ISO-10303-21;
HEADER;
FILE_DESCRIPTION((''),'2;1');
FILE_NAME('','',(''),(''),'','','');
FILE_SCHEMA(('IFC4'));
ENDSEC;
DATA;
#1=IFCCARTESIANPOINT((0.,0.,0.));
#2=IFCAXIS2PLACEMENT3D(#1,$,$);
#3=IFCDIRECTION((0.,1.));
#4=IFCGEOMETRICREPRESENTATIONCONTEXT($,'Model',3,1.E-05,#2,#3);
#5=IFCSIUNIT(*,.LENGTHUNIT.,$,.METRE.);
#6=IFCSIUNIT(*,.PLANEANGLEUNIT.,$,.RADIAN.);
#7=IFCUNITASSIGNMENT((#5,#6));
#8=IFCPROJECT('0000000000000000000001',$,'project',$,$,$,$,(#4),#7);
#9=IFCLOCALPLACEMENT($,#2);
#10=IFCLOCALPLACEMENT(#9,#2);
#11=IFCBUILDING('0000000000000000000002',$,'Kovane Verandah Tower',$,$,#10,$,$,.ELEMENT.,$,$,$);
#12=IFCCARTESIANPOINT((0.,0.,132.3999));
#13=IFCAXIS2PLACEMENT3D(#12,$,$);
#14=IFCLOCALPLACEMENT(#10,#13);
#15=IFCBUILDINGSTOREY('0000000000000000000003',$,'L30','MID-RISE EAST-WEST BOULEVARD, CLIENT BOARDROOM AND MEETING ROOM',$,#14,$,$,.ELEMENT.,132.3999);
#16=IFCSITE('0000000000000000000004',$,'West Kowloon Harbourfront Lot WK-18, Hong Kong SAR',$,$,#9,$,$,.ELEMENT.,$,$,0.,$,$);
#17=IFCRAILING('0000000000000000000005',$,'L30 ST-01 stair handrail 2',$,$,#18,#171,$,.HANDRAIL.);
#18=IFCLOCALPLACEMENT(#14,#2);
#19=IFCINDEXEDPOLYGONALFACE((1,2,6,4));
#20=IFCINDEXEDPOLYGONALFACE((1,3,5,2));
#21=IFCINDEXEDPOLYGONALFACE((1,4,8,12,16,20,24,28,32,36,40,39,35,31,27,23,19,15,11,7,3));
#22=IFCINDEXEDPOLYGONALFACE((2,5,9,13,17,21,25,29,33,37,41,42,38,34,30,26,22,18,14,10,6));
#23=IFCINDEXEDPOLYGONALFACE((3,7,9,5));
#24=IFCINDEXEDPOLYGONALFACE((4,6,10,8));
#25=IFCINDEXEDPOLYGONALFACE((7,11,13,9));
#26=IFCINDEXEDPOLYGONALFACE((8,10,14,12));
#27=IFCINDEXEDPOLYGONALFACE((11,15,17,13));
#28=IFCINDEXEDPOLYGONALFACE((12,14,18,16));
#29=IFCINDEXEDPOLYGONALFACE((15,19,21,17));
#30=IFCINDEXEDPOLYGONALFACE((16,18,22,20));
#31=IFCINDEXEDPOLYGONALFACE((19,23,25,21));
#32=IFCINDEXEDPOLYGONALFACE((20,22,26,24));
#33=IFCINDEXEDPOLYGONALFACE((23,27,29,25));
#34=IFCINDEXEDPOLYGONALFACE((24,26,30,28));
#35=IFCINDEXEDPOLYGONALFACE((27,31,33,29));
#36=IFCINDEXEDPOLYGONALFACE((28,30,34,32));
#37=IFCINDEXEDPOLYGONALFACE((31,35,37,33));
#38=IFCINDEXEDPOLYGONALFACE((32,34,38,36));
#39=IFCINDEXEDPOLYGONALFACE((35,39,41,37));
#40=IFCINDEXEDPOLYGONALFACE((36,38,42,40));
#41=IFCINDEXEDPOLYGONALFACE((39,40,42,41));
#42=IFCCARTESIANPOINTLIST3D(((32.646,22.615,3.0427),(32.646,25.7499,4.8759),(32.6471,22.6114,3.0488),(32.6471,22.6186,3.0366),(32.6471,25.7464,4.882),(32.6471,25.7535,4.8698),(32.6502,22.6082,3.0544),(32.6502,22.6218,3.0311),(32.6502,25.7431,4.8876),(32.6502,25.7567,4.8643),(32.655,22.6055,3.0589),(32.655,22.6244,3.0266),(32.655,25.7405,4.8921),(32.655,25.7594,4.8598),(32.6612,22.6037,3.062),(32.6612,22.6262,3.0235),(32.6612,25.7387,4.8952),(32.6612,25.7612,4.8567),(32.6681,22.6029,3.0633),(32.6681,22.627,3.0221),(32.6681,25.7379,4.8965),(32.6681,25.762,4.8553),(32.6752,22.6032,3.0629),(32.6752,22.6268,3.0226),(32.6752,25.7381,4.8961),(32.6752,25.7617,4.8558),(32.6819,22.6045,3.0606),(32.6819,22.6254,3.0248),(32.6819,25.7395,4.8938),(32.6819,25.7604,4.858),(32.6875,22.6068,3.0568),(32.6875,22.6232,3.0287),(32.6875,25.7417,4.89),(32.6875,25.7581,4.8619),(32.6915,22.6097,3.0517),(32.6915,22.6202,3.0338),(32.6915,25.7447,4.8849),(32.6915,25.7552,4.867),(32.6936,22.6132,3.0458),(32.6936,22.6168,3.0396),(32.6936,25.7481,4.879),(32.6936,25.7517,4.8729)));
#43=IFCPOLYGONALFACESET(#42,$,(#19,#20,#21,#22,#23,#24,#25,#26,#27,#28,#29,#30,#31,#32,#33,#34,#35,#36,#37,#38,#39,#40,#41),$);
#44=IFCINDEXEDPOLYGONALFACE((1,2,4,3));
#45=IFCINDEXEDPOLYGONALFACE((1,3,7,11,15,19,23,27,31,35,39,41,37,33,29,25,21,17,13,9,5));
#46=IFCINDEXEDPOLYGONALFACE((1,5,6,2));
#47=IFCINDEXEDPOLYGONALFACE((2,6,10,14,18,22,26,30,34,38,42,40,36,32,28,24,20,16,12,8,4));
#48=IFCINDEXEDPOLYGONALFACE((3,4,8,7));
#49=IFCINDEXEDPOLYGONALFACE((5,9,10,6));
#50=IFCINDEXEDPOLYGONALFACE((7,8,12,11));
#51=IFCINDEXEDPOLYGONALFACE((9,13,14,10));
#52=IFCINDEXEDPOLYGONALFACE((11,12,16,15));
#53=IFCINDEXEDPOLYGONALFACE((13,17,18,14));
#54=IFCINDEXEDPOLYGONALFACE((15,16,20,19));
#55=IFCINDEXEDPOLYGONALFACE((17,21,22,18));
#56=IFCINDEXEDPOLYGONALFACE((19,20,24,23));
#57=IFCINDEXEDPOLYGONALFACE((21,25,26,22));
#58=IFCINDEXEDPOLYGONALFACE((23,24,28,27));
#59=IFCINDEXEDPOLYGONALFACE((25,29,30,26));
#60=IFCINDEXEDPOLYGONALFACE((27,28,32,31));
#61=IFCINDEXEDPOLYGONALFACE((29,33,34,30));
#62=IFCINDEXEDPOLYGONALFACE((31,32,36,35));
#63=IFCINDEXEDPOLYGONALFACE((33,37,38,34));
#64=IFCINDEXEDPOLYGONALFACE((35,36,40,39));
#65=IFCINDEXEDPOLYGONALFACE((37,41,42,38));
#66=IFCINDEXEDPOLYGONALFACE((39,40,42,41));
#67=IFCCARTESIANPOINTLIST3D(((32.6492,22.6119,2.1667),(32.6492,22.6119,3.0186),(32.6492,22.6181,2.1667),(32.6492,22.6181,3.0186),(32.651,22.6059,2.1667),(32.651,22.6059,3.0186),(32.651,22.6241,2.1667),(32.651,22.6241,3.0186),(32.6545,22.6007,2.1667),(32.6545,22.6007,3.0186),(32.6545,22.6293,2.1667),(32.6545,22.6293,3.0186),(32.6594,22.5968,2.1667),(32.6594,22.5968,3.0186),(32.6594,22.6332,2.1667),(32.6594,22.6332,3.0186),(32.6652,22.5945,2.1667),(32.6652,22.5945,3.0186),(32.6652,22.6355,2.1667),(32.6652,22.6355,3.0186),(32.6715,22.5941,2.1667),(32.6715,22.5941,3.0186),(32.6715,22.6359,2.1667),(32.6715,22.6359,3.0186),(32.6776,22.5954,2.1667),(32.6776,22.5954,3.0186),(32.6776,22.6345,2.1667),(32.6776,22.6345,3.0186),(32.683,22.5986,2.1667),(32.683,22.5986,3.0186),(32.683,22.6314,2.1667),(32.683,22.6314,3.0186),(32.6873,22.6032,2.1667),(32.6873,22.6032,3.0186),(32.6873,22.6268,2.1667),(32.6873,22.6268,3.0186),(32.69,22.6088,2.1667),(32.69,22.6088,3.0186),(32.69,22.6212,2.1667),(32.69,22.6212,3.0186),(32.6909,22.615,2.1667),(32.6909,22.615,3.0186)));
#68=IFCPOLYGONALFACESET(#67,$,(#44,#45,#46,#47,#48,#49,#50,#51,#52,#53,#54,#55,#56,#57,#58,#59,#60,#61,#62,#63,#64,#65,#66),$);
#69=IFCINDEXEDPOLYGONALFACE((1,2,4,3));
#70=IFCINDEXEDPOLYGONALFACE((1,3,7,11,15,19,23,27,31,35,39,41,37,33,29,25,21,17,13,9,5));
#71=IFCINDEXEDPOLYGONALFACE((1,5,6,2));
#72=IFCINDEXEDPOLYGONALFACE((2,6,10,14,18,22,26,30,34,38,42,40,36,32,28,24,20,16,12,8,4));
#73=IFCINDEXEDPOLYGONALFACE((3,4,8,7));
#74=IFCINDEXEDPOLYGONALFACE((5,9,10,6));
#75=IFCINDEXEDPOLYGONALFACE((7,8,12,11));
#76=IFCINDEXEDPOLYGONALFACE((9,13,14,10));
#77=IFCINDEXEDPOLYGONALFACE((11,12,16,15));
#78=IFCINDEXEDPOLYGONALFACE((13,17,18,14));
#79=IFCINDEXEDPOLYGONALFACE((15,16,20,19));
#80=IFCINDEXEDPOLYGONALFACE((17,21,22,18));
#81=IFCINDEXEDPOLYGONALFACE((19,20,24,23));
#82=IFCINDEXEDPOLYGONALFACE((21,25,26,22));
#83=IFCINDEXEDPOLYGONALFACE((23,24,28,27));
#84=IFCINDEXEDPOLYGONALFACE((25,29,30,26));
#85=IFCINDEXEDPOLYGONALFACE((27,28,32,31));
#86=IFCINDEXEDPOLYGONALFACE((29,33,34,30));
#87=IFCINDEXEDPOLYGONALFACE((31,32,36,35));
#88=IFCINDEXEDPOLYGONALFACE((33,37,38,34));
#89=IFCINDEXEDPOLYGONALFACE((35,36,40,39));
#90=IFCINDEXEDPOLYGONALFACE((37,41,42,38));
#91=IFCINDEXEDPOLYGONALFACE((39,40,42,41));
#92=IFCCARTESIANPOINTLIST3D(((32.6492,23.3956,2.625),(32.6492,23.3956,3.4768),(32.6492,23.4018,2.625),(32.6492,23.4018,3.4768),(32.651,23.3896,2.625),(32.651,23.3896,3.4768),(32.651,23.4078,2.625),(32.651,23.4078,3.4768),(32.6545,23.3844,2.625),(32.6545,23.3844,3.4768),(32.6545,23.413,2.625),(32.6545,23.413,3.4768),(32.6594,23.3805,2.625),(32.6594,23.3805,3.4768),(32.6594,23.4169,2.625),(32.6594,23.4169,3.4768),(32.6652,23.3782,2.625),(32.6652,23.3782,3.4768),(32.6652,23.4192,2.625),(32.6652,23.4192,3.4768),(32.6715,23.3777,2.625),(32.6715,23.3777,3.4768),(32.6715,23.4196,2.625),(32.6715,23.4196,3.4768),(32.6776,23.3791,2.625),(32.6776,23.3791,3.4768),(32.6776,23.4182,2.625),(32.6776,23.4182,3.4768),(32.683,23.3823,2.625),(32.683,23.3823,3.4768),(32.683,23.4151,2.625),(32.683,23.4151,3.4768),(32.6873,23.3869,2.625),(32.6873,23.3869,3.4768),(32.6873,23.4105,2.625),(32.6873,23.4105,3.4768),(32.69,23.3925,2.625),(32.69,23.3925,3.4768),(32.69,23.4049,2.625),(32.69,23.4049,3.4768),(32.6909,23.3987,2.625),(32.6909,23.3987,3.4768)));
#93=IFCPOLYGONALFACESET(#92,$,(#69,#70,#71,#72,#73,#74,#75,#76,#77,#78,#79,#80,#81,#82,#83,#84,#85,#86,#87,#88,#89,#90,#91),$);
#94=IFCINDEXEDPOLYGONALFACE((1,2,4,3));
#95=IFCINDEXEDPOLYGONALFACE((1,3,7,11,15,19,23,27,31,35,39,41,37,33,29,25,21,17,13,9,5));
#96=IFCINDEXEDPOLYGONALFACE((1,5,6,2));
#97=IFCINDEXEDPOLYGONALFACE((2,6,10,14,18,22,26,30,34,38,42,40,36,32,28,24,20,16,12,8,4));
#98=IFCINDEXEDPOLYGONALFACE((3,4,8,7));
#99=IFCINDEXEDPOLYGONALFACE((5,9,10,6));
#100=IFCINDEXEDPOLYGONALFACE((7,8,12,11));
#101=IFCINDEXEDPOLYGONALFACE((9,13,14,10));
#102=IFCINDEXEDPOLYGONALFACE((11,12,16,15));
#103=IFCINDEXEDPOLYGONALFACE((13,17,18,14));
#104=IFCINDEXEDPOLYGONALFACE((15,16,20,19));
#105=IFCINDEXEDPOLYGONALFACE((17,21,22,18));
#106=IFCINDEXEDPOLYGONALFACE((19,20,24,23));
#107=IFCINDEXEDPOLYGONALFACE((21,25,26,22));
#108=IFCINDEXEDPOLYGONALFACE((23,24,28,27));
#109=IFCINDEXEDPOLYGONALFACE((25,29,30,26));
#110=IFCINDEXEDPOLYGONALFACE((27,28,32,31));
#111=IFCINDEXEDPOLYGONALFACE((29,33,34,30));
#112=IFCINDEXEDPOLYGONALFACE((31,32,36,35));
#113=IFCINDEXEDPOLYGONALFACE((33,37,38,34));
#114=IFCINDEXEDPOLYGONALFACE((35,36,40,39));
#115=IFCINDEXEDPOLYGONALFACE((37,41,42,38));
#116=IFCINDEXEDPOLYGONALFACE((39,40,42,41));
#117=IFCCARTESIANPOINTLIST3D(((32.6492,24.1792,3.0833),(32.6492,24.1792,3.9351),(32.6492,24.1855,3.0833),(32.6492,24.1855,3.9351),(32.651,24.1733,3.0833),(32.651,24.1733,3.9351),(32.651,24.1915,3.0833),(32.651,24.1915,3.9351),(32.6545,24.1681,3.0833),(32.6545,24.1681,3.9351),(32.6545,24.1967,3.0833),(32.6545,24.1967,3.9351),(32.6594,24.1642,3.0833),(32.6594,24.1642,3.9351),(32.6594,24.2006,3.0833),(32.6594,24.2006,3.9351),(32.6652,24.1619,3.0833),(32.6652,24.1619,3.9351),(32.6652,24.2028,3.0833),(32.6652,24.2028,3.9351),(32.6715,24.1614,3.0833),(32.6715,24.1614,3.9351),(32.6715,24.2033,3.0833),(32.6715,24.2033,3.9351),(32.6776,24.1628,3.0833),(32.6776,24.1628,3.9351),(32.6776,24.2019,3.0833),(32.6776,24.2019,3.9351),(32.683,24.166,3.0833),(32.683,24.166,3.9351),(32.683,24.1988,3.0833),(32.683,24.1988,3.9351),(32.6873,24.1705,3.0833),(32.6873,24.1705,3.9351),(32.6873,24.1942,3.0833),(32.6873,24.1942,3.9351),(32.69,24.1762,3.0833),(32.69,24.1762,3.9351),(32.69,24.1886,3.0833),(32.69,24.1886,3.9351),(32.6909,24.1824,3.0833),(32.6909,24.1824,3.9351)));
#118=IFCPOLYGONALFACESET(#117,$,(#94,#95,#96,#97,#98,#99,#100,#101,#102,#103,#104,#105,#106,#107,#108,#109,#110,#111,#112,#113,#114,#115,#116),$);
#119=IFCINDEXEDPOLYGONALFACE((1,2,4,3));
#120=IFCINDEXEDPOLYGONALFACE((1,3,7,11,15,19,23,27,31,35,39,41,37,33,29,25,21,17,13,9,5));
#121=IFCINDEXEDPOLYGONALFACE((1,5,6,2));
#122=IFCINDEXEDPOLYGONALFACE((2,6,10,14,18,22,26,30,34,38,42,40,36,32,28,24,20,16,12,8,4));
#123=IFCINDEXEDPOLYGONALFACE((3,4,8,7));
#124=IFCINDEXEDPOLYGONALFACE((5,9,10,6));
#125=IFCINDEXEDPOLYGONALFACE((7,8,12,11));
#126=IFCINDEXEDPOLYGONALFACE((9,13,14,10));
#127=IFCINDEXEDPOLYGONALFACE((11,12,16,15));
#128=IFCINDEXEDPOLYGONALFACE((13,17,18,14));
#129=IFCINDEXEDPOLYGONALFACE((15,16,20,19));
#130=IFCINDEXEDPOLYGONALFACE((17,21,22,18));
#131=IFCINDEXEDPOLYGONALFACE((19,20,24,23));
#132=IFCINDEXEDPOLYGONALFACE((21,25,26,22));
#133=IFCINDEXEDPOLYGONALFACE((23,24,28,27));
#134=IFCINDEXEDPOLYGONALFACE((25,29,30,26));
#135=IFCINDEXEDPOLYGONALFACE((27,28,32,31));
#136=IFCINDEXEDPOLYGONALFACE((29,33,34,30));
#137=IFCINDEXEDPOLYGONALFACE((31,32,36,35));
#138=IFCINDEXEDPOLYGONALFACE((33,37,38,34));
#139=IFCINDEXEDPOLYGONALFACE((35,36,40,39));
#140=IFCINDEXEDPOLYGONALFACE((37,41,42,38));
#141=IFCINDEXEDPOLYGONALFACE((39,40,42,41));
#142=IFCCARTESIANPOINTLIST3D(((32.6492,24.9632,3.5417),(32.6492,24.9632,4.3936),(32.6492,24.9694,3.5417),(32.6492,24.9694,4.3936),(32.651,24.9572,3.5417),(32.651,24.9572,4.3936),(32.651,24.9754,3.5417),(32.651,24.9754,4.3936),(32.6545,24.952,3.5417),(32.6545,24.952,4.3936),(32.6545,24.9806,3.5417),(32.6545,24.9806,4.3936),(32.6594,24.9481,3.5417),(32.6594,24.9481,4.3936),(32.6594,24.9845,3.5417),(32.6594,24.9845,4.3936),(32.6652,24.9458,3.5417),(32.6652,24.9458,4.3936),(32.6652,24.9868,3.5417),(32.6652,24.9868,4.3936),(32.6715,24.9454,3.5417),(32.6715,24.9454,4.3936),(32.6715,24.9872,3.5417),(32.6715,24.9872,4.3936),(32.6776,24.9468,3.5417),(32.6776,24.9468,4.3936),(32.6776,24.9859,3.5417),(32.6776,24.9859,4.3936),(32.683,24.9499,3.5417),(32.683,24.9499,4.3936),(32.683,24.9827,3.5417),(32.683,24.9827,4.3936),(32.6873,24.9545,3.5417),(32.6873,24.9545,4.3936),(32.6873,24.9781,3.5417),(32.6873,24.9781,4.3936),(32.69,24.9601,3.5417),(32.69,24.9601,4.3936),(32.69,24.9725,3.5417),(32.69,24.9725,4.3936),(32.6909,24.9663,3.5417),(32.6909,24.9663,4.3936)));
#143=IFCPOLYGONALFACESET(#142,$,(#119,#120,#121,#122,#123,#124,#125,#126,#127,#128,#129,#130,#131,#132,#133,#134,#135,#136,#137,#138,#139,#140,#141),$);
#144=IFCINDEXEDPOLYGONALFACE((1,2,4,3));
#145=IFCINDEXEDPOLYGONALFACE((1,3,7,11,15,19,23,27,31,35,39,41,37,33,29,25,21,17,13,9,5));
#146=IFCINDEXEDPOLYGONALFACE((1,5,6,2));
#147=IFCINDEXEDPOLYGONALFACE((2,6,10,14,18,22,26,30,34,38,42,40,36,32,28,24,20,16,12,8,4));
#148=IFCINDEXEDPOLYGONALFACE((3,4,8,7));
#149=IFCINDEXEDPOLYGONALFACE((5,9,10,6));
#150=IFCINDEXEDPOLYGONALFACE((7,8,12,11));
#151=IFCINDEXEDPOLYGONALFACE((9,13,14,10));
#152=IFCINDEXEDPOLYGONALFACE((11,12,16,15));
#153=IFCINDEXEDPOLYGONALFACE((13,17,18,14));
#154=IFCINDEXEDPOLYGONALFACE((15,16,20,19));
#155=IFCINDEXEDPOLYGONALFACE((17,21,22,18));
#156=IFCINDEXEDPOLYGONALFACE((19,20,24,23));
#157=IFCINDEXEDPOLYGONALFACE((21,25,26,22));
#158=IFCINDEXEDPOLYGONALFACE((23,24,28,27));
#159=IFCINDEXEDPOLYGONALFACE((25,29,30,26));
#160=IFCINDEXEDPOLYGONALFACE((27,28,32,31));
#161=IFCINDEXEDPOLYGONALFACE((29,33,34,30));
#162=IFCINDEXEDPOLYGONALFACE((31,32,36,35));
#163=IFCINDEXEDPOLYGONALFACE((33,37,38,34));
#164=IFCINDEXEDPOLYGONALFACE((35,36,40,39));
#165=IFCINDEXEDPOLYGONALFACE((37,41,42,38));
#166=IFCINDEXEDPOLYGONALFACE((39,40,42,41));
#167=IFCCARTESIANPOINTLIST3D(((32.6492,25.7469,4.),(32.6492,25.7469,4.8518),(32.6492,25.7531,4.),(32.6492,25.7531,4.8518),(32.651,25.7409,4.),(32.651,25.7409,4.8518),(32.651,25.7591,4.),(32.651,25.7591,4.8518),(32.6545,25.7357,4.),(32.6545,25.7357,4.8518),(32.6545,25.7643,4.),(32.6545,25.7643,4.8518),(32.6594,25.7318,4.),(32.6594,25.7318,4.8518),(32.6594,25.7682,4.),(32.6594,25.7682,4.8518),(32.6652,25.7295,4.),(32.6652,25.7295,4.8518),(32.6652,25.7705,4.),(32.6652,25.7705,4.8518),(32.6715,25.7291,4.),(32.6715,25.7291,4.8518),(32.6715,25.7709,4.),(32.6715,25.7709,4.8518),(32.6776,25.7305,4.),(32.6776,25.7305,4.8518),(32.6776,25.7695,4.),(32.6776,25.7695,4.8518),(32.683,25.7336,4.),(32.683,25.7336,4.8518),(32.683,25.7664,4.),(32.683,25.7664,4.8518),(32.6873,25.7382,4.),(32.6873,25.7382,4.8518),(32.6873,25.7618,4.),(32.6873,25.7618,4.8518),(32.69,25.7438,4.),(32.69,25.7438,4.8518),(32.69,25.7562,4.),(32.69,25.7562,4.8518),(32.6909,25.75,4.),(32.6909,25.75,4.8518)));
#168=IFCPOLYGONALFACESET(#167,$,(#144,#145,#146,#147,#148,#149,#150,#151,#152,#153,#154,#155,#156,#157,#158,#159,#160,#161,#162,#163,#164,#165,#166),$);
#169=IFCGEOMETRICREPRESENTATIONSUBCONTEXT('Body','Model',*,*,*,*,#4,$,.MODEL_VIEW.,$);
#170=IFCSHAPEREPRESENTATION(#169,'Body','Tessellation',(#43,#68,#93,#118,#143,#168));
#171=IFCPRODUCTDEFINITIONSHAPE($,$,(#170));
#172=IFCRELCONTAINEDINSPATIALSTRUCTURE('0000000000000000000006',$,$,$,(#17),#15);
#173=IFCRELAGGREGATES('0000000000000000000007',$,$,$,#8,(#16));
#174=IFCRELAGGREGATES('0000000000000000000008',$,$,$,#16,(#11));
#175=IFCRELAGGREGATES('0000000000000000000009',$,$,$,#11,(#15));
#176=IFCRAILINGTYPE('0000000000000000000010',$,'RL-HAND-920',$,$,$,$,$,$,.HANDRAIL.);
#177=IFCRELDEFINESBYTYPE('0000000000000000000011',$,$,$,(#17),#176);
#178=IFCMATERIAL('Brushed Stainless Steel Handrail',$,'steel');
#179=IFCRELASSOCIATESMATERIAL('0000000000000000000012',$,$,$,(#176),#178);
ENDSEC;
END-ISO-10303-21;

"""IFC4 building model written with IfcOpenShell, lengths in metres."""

from ifc_helpers import new_model, si_unit, direction, frame, origin, origin_2d, place, context, subcontext, project, spatial, circle, extrude, material, type_object, element, save


model = new_model("IFC4")

# Units and contexts
model_context = context("Model", 3, precision=1e-05, world=origin(), true_north=direction((0.0, 1.0)))
body_context = subcontext(model_context, "Body", "Model", "MODEL_VIEW")
ifc_project = project(units=[si_unit("LENGTHUNIT", "METRE"), si_unit("PLANEANGLEUNIT", "RADIAN")], contexts=[model_context])

# Site, building, storey
site_placement = place(None, origin())
site = spatial("IfcSite", under=ifc_project, at=site_placement, Name="West Kowloon Harbourfront Lot WK-18, Hong Kong SAR", CompositionType="ELEMENT", RefElevation=0.0)
building_placement = place(site_placement, origin())
building = spatial("IfcBuilding", under=site, at=building_placement, Name="Kovane Verandah Tower", CompositionType="ELEMENT")
storey_placement = place(building_placement, frame((0.0, 0.0, 132.3999)))
storey = spatial("IfcBuildingStorey", under=building, at=storey_placement, Name="L30", Description="MID-RISE EAST-WEST BOULEVARD, CLIENT BOARDROOM AND MEETING ROOM", CompositionType="ELEMENT", Elevation=132.3999)

# Railing
ifc_material_1 = material(Name="Brushed Stainless Steel Handrail", Category="steel")
railing_type_1 = type_object("IfcRailingType", Name="RL-HAND-920", PredefinedType="HANDRAIL", material=ifc_material_1)
railing_1_placement = place(storey_placement, frame((32.6699, 22.615, 2.1667)))
element("IfcRailing", 1, at=railing_1_placement, inside=storey, type_object=railing_type_1, Name="L30 ST-01 stair handrail 2", PredefinedType="HANDRAIL", context=body_context, shape_type="SweptSolid", body=[
    extrude(circle(Radius=0.0239, at=origin_2d()), frame((0.0, 0.0, 0.876), z_axis=(0.0, 0.86324, 0.504794), x_axis=(-1.0, 0.0, 0.0)), (0.0, 0.0, 1.0), 3.6316),
    extrude(circle(Radius=0.021, at=origin_2d()), origin(), (0.0, 0.0, 1.0), 0.8518),
    extrude(circle(Radius=0.021, at=origin_2d()), frame((0.0, 0.7837, 0.4583)), (0.0, 0.0, 1.0), 0.8518),
    extrude(circle(Radius=0.021, at=origin_2d()), frame((0.0, 1.5674, 0.9165)), (0.0, 0.0, 1.0), 0.8518),
    extrude(circle(Radius=0.021, at=origin_2d()), frame((0.0, 2.3513, 1.375)), (0.0, 0.0, 1.0), 0.8518),
    extrude(circle(Radius=0.021, at=origin_2d()), frame((0.0, 3.135, 1.8333)), (0.0, 0.0, 1.0), 0.8518),
])

save(model, "model.ifc")
